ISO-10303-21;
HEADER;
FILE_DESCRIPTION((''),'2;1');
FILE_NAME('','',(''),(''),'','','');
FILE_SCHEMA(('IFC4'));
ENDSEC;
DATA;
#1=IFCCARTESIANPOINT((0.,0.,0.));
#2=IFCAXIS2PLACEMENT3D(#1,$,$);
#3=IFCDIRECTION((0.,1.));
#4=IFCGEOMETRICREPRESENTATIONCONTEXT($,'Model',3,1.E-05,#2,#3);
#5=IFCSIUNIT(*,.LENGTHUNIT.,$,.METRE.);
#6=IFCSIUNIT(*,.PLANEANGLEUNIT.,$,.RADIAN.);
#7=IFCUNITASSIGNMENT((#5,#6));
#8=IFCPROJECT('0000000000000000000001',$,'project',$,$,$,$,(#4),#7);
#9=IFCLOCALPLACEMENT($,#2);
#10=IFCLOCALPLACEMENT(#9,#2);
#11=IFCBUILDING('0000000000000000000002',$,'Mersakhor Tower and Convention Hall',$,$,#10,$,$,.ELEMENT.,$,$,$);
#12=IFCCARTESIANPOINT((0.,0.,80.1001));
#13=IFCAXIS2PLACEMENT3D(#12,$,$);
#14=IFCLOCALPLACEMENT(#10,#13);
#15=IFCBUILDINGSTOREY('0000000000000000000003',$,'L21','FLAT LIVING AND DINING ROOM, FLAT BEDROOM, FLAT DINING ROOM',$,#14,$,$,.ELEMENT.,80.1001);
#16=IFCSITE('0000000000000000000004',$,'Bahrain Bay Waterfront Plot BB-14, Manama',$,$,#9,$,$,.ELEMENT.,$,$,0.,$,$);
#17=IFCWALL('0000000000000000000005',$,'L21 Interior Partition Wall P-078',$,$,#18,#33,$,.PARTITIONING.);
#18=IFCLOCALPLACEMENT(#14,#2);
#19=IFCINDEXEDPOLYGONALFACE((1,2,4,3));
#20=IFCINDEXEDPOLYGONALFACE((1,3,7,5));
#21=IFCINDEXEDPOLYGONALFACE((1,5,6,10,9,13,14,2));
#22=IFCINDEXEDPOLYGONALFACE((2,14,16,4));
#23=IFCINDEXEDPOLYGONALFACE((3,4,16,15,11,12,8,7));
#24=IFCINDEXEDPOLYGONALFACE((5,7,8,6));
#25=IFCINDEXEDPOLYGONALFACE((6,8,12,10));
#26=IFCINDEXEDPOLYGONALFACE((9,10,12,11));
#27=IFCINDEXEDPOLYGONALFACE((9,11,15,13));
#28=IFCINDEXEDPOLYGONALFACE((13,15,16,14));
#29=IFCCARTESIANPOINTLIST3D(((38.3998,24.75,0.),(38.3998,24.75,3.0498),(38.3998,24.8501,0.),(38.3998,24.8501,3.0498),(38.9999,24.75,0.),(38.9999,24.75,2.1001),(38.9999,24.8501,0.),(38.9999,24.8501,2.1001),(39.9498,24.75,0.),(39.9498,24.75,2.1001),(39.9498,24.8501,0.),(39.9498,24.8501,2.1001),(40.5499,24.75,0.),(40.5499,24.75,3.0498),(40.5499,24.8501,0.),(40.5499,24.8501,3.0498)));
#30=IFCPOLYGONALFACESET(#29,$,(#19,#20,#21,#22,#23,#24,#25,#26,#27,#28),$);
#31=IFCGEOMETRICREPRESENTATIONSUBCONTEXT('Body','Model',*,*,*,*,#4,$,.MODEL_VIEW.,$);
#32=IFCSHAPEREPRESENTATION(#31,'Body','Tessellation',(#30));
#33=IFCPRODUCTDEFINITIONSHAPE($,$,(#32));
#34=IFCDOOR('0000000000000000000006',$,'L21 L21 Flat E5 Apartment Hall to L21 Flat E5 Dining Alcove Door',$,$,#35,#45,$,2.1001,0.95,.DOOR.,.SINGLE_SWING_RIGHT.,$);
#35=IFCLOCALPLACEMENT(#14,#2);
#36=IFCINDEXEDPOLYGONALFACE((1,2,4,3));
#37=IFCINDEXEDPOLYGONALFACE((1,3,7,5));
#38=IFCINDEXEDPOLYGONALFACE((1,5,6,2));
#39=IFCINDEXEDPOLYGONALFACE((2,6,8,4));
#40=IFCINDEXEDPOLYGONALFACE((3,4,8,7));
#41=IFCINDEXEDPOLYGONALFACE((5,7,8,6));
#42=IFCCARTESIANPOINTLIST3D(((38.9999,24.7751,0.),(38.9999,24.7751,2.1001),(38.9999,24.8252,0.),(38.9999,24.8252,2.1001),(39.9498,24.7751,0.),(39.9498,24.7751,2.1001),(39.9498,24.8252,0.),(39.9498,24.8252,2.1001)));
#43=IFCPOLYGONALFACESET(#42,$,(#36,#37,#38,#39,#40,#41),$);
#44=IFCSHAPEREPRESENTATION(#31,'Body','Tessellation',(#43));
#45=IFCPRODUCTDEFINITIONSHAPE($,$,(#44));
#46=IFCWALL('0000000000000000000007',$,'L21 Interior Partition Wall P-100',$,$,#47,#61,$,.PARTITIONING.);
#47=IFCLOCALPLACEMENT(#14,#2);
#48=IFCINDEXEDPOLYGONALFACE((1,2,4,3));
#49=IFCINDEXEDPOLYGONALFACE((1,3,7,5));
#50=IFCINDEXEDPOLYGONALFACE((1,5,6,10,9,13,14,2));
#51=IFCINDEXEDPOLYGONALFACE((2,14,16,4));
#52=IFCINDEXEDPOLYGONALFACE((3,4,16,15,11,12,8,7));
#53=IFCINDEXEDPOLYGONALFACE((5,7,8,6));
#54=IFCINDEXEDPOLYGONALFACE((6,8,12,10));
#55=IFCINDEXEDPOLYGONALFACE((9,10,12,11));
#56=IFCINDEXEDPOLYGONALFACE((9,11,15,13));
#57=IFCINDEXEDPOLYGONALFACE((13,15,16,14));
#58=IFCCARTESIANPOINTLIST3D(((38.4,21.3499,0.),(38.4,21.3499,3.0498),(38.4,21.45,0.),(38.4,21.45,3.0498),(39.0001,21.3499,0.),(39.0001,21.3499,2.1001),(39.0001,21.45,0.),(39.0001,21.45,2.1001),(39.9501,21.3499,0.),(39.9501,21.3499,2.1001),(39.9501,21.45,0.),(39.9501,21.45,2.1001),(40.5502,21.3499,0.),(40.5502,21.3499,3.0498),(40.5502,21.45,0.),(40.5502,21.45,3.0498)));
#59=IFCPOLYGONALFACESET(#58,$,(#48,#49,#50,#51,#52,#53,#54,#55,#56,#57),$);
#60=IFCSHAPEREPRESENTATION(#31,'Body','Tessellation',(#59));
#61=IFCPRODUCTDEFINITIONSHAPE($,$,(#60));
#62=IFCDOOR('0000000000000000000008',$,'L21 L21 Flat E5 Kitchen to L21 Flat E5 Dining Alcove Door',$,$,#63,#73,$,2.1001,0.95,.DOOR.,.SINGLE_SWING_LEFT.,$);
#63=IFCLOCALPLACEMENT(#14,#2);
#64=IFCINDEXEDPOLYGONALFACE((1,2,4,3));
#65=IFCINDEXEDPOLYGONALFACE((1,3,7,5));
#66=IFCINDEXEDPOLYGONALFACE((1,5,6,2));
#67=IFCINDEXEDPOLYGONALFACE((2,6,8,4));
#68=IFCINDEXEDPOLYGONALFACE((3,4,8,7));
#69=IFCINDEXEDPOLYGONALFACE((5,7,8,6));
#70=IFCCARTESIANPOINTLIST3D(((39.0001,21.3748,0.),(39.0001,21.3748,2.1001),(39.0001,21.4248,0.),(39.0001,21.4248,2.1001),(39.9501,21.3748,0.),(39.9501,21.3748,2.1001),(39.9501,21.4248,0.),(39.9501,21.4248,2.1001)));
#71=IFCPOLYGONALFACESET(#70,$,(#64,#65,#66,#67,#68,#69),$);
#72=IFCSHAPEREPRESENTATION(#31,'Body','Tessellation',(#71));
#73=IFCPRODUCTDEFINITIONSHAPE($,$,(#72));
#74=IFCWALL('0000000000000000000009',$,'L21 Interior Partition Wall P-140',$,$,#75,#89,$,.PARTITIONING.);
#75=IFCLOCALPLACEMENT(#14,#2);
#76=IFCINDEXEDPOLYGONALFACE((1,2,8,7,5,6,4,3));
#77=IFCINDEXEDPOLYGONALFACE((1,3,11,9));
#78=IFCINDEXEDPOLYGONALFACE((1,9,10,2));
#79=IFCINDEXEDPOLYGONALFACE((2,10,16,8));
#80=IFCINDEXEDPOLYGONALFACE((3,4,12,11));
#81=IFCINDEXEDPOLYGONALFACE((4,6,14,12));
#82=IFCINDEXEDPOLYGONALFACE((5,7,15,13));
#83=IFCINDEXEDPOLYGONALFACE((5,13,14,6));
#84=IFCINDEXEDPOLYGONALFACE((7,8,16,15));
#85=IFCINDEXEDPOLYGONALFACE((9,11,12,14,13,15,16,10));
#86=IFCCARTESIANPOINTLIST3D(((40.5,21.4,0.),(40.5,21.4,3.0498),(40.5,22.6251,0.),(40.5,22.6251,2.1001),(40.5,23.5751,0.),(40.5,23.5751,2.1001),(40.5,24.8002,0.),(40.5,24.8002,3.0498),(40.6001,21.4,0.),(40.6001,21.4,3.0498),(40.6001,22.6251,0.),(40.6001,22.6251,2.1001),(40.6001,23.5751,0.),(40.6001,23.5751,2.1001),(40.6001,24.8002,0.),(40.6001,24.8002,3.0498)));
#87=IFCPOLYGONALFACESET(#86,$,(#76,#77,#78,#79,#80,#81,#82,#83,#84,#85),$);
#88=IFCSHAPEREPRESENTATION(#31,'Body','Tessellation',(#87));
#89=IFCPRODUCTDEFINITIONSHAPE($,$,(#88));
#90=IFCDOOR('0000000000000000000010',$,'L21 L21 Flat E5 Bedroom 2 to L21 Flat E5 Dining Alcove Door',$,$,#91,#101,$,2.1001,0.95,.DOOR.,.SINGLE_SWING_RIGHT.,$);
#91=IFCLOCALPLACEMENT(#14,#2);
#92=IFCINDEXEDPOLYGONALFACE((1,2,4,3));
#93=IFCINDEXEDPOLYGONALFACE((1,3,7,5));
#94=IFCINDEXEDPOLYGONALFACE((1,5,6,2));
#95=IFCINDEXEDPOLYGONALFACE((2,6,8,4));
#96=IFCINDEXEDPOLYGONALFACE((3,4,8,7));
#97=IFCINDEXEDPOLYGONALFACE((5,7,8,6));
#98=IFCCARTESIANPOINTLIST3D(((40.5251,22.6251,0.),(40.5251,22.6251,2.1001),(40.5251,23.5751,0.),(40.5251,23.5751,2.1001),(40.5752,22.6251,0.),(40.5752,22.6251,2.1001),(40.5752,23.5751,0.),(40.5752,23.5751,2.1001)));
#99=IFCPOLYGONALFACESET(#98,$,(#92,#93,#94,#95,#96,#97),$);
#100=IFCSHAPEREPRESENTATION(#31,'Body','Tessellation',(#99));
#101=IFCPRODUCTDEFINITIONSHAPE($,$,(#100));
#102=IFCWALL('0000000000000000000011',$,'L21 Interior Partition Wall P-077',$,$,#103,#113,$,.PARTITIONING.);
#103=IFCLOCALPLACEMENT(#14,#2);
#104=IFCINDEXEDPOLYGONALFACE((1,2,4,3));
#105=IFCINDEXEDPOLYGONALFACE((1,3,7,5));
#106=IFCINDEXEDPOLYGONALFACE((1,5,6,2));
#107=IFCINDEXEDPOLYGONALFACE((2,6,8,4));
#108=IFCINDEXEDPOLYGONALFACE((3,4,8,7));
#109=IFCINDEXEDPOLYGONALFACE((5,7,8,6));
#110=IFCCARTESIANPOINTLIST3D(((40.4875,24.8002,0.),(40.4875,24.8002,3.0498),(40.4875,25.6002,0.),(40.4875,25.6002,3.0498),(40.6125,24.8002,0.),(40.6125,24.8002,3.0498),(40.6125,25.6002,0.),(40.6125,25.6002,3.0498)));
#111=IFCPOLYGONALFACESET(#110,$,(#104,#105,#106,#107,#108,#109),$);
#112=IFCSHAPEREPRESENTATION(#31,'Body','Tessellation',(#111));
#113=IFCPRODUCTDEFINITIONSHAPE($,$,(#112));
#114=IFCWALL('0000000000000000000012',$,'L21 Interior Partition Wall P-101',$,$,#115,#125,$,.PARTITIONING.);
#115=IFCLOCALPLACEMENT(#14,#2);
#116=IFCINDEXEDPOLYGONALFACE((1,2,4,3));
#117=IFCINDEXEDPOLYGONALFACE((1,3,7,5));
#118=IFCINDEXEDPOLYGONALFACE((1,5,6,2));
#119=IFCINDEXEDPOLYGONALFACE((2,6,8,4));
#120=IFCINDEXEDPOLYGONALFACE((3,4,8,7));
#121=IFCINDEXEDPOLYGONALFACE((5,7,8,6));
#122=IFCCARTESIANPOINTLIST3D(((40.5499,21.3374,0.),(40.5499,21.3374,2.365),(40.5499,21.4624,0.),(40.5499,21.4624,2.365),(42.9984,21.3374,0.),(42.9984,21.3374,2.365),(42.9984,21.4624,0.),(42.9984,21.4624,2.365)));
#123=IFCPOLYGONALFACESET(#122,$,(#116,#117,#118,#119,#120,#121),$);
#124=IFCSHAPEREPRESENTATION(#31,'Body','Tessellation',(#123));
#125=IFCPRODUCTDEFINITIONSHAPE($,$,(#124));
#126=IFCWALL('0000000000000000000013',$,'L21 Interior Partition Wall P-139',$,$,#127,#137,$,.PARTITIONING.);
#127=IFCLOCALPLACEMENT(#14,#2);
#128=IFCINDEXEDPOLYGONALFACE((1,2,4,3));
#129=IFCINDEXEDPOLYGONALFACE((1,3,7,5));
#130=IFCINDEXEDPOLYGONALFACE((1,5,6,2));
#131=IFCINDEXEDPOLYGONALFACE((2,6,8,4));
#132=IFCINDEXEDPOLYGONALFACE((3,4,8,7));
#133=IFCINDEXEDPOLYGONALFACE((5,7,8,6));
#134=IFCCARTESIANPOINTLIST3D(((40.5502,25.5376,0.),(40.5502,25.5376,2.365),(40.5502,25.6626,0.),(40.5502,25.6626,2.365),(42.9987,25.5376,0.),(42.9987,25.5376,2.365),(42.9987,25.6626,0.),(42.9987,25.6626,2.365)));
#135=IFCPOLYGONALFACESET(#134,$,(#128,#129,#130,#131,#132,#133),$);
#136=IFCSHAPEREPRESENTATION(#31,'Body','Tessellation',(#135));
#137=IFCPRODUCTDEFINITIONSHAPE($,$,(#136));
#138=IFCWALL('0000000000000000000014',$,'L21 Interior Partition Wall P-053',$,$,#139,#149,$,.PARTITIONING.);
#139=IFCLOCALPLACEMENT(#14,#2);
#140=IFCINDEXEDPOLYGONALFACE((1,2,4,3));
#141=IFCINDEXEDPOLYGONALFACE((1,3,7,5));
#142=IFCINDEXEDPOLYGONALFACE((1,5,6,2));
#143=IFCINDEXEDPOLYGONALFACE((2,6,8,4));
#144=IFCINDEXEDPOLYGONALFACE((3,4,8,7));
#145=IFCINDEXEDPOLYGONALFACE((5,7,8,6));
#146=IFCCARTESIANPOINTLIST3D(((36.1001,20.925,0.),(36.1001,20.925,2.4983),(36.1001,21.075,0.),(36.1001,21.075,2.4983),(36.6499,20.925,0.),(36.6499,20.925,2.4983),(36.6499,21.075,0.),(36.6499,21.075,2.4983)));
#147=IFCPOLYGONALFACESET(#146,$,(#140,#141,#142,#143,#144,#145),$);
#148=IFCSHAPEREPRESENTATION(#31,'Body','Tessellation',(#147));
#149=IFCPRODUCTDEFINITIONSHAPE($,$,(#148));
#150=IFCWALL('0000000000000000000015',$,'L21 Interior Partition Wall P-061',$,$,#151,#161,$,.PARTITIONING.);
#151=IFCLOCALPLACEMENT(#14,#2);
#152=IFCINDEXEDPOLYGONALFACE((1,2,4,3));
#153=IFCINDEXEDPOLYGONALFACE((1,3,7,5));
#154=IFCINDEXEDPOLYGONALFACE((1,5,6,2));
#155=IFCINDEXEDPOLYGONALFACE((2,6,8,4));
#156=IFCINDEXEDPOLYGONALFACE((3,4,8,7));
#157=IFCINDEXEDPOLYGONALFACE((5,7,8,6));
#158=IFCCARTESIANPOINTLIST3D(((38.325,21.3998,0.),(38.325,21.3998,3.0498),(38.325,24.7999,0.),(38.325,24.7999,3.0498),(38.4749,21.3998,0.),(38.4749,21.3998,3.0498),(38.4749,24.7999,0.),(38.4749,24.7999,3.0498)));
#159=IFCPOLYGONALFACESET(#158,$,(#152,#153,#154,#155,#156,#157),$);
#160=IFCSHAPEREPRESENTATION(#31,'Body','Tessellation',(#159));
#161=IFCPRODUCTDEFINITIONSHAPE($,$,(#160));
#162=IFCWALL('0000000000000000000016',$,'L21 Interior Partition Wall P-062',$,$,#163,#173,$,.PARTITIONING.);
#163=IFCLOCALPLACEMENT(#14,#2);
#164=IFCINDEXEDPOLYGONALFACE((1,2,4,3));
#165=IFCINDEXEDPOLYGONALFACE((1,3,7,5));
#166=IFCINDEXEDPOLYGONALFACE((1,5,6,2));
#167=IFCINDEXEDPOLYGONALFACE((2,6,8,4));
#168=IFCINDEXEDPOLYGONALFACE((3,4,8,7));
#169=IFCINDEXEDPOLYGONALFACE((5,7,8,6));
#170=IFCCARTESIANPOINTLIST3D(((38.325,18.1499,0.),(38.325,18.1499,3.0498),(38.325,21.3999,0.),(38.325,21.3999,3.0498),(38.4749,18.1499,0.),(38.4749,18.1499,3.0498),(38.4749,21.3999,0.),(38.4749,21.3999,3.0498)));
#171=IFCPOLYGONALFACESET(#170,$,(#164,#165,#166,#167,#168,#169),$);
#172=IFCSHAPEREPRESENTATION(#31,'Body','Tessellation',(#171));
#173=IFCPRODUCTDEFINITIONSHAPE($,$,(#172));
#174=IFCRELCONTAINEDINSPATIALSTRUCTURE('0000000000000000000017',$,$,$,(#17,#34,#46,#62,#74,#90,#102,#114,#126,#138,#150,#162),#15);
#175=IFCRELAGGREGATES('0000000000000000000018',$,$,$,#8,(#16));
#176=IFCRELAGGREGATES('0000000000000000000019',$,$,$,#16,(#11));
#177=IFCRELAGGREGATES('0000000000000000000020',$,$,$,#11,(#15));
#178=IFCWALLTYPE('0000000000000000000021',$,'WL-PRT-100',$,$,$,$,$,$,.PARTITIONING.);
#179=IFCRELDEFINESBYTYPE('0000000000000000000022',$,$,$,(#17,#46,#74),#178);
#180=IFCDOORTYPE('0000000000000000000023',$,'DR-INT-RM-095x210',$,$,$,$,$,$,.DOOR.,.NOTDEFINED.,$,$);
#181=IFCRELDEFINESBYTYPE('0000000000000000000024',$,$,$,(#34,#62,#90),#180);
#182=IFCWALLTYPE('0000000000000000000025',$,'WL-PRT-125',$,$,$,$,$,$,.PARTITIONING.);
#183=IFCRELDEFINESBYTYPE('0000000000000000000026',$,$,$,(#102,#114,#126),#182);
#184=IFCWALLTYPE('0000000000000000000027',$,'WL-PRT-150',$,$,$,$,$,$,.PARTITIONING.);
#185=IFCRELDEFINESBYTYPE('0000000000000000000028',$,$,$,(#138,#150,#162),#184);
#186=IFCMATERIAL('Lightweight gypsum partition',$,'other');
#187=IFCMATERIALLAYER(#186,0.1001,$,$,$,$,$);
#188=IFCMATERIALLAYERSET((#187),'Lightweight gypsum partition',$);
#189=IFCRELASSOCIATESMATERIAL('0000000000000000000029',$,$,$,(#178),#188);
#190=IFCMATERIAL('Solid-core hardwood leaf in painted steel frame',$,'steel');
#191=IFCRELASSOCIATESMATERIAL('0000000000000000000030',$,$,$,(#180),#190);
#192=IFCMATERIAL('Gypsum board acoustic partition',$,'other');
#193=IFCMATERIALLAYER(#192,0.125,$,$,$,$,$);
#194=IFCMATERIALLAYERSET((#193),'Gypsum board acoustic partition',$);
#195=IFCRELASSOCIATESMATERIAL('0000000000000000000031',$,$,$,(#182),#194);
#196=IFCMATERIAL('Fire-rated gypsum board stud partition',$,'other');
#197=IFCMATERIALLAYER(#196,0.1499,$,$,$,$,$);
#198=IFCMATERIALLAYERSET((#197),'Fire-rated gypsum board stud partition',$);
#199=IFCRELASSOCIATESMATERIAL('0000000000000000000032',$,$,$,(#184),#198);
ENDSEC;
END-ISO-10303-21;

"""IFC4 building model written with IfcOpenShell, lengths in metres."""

from ifc_helpers import new_model, si_unit, direction, frame, frame_2d, origin, place, context, subcontext, project, spatial, rectangle, extrude, material, layer, layer_set, type_object, element, fill, save


model = new_model("IFC4")

# Units and contexts
model_context = context("Model", 3, precision=1e-05, world=origin(), true_north=direction((0.0, 1.0)))
body_context = subcontext(model_context, "Body", "Model", "MODEL_VIEW")
ifc_project = project(units=[si_unit("LENGTHUNIT", "METRE"), si_unit("PLANEANGLEUNIT", "RADIAN")], contexts=[model_context])

# Site, building, storey
site_placement = place(None, origin())
site = spatial("IfcSite", under=ifc_project, at=site_placement, Name="Bahrain Bay Waterfront Plot BB-14, Manama", CompositionType="ELEMENT", RefElevation=0.0)
building_placement = place(site_placement, origin())
building = spatial("IfcBuilding", under=site, at=building_placement, Name="Mersakhor Tower and Convention Hall", CompositionType="ELEMENT")
storey_placement = place(building_placement, frame((0.0, 0.0, 80.1001)))
storey = spatial("IfcBuildingStorey", under=building, at=storey_placement, Name="L21", Description="FLAT LIVING AND DINING ROOM, FLAT BEDROOM, FLAT DINING ROOM", CompositionType="ELEMENT", Elevation=80.1001)

# Walls, openings, doors
ifc_material_1 = material(Name="Lightweight gypsum partition", Category="other")
ifc_layer_1 = layer(ifc_material_1, 0.1001)
ifc_layer_set_1 = layer_set([ifc_layer_1], Name="Lightweight gypsum partition")
wall_type_1 = type_object("IfcWallType", Name="WL-PRT-100", PredefinedType="PARTITIONING", material=ifc_layer_set_1)
wall_1_placement = place(storey_placement, frame((40.55, 24.8, 0.0), z_axis=(0.0, 0.0, 1.0), x_axis=(-1.0, 0.0, 0.0)))
wall_1 = element("IfcWall", 1, at=wall_1_placement, inside=storey, type_object=wall_type_1, Name="L21 Interior Partition Wall P-078", PredefinedType="PARTITIONING", context=body_context, shape_type="SweptSolid", body=[
    extrude(rectangle(XDim=2.1501, YDim=0.1001, at=frame_2d((1.0752, 0.0))), origin(), (0.0, 0.0, 1.0), 3.0498),
])
opening_1_placement = place(wall_1_placement, frame((0.6001, 0.0, 0.0)))
opening_1 = element("IfcOpeningElement", 2, at=opening_1_placement, cuts=wall_1, PredefinedType="OPENING", context=body_context, shape_type="SweptSolid", body=[
    extrude(rectangle(XDim=0.95, YDim=2.1001, at=frame_2d((0.4751, 1.05))), frame((0.0, 0.0601, 0.0), z_axis=(0.0, -1.0, 0.0), x_axis=(1.0, 0.0, 0.0)), (0.0, 0.0, 1.0), 0.1201),
])
ifc_material_2 = material(Name="Solid-core hardwood leaf in painted steel frame", Category="steel")
door_type = type_object("IfcDoorType", Name="DR-INT-RM-095x210", OperationType="NOTDEFINED", PredefinedType="DOOR", material=ifc_material_2)
door_1_placement = place(opening_1_placement, origin())
door_1 = element("IfcDoor", 3, at=door_1_placement, inside=storey, type_object=door_type, Name="L21 L21 Flat E5 Apartment Hall to L21 Flat E5 Dining Alcove Door", OperationType="SINGLE_SWING_RIGHT", OverallHeight=2.1001, OverallWidth=0.95, PredefinedType="DOOR", context=body_context, shape_type="SweptSolid", body=[
    extrude(rectangle(XDim=0.95, YDim=2.1001, at=frame_2d((0.4751, 1.05))), frame((0.0, 0.0249, 0.0), z_axis=(0.0, -1.0, 0.0), x_axis=(1.0, 0.0, 0.0)), (0.0, 0.0, 1.0), 0.05),
])
fill(opening_1, door_1)
wall_2_placement = place(storey_placement, frame((38.3999, 21.3999, 0.0), z_axis=(0.0, 0.0, 1.0), x_axis=(1.0, 0.0, 0.0)))
wall_2 = element("IfcWall", 4, at=wall_2_placement, inside=storey, type_object=wall_type_1, Name="L21 Interior Partition Wall P-100", PredefinedType="PARTITIONING", context=body_context, shape_type="SweptSolid", body=[
    extrude(rectangle(XDim=2.1501, YDim=0.1001, at=frame_2d((1.0752, 0.0))), origin(), (0.0, 0.0, 1.0), 3.0498),
])
opening_2_placement = place(wall_2_placement, frame((0.6001, 0.0, 0.0)))
opening_2 = element("IfcOpeningElement", 5, at=opening_2_placement, cuts=wall_2, PredefinedType="OPENING", context=body_context, shape_type="SweptSolid", body=[
    extrude(rectangle(XDim=0.95, YDim=2.1001, at=frame_2d((0.4751, 1.05))), frame((0.0, 0.0601, 0.0), z_axis=(0.0, -1.0, 0.0), x_axis=(1.0, 0.0, 0.0)), (0.0, 0.0, 1.0), 0.1201),
])
door_2_placement = place(opening_2_placement, origin())
door_2 = element("IfcDoor", 6, at=door_2_placement, inside=storey, type_object=door_type, Name="L21 L21 Flat E5 Kitchen to L21 Flat E5 Dining Alcove Door", OperationType="SINGLE_SWING_LEFT", OverallHeight=2.1001, OverallWidth=0.95, PredefinedType="DOOR", context=body_context, shape_type="SweptSolid", body=[
    extrude(rectangle(XDim=0.95, YDim=2.1001, at=frame_2d((0.4751, 1.05))), frame((0.0, 0.0249, 0.0), z_axis=(0.0, -1.0, 0.0), x_axis=(1.0, 0.0, 0.0)), (0.0, 0.0, 1.0), 0.05),
])
fill(opening_2, door_2)
wall_3_placement = place(storey_placement, frame((40.55, 21.3999, 0.0), z_axis=(0.0, 0.0, 1.0), x_axis=(0.0, 1.0, 0.0)))
wall_3 = element("IfcWall", 7, at=wall_3_placement, inside=storey, type_object=wall_type_1, Name="L21 Interior Partition Wall P-140", PredefinedType="PARTITIONING", context=body_context, shape_type="SweptSolid", body=[
    extrude(rectangle(XDim=3.4001, YDim=0.1001, at=frame_2d((1.7002, 0.0))), origin(), (0.0, 0.0, 1.0), 3.0498),
])
opening_3_placement = place(wall_3_placement, frame((1.2251, 0.0, 0.0)))
opening_3 = element("IfcOpeningElement", 8, at=opening_3_placement, cuts=wall_3, PredefinedType="OPENING", context=body_context, shape_type="SweptSolid", body=[
    extrude(rectangle(XDim=0.95, YDim=2.1001, at=frame_2d((0.4751, 1.05))), frame((0.0, 0.0601, 0.0), z_axis=(0.0, -1.0, 0.0), x_axis=(1.0, 0.0, 0.0)), (0.0, 0.0, 1.0), 0.1201),
])
door_3_placement = place(opening_3_placement, origin())
door_3 = element("IfcDoor", 9, at=door_3_placement, inside=storey, type_object=door_type, Name="L21 L21 Flat E5 Bedroom 2 to L21 Flat E5 Dining Alcove Door", OperationType="SINGLE_SWING_RIGHT", OverallHeight=2.1001, OverallWidth=0.95, PredefinedType="DOOR", context=body_context, shape_type="SweptSolid", body=[
    extrude(rectangle(XDim=0.95, YDim=2.1001, at=frame_2d((0.4751, 1.05))), frame((0.0, 0.0249, 0.0), z_axis=(0.0, -1.0, 0.0), x_axis=(1.0, 0.0, 0.0)), (0.0, 0.0, 1.0), 0.05),
])
fill(opening_3, door_3)

# Walls
ifc_material_3 = material(Name="Gypsum board acoustic partition", Category="other")
ifc_layer_2 = layer(ifc_material_3, 0.125)
ifc_layer_set_2 = layer_set([ifc_layer_2], Name="Gypsum board acoustic partition")
wall_type_2 = type_object("IfcWallType", Name="WL-PRT-125", PredefinedType="PARTITIONING", material=ifc_layer_set_2)
wall_4_placement = place(storey_placement, frame((40.55, 25.6001, 0.0), z_axis=(0.0, 0.0, 1.0), x_axis=(0.0, -1.0, 0.0)))
element("IfcWall", 10, at=wall_4_placement, inside=storey, type_object=wall_type_2, Name="L21 Interior Partition Wall P-077", PredefinedType="PARTITIONING", context=body_context, shape_type="SweptSolid", body=[
    extrude(rectangle(XDim=0.8, YDim=0.125, at=frame_2d((0.3999, 0.0))), origin(), (0.0, 0.0, 1.0), 3.0498),
])
for number, where, z_axis, x_axis, name in (
    (11, (40.55, 21.3999, 0.0), (0.0, 0.0, 1.0), (1.0, 0.0, 0.0), "L21 Interior Partition Wall P-101"),
    (12, (42.9985, 25.6001, 0.0), (0.0, 0.0, 1.0), (-1.0, 0.0, 0.0), "L21 Interior Partition Wall P-139"),
):
    element("IfcWall", number, at=place(storey_placement, frame(where, z_axis=z_axis, x_axis=x_axis)), inside=storey, type_object=wall_type_2, Name=name, PredefinedType="PARTITIONING", context=body_context, shape_type="SweptSolid", body=[
        extrude(rectangle(XDim=2.4485, YDim=0.125, at=frame_2d((1.2241, 0.0))), origin(), (0.0, 0.0, 1.0), 2.365),
    ])
ifc_material_4 = material(Name="Fire-rated gypsum board stud partition", Category="other")
ifc_layer_3 = layer(ifc_material_4, 0.1499)
ifc_layer_set_3 = layer_set([ifc_layer_3], Name="Fire-rated gypsum board stud partition")
wall_type_3 = type_object("IfcWallType", Name="WL-PRT-150", PredefinedType="PARTITIONING", material=ifc_layer_set_3)
wall_5_placement = place(storey_placement, frame((36.6499, 21.0, 0.0), z_axis=(0.0, 0.0, 1.0), x_axis=(-1.0, 0.0, 0.0)))
element("IfcWall", 13, at=wall_5_placement, inside=storey, type_object=wall_type_3, Name="L21 Interior Partition Wall P-053", PredefinedType="PARTITIONING", context=body_context, shape_type="SweptSolid", body=[
    extrude(rectangle(XDim=0.5498, YDim=0.1499, at=frame_2d((0.2749, 0.0))), origin(), (0.0, 0.0, 1.0), 2.4983),
])
wall_6_placement = place(storey_placement, frame((38.3999, 24.8, 0.0), z_axis=(0.0, 0.0, 1.0), x_axis=(0.0, -1.0, 0.0)))
element("IfcWall", 14, at=wall_6_placement, inside=storey, type_object=wall_type_3, Name="L21 Interior Partition Wall P-061", PredefinedType="PARTITIONING", context=body_context, shape_type="SweptSolid", body=[
    extrude(rectangle(XDim=3.4001, YDim=0.1499, at=frame_2d((1.7002, 0.0))), origin(), (0.0, 0.0, 1.0), 3.0498),
])
wall_7_placement = place(storey_placement, frame((38.3999, 21.3999, 0.0), z_axis=(0.0, 0.0, 1.0), x_axis=(0.0, -1.0, 0.0)))
element("IfcWall", 15, at=wall_7_placement, inside=storey, type_object=wall_type_3, Name="L21 Interior Partition Wall P-062", PredefinedType="PARTITIONING", context=body_context, shape_type="SweptSolid", body=[
    extrude(rectangle(XDim=3.25, YDim=0.1499, at=frame_2d((1.625, 0.0))), origin(), (0.0, 0.0, 1.0), 3.0498),
])

save(model, "model.ifc")
